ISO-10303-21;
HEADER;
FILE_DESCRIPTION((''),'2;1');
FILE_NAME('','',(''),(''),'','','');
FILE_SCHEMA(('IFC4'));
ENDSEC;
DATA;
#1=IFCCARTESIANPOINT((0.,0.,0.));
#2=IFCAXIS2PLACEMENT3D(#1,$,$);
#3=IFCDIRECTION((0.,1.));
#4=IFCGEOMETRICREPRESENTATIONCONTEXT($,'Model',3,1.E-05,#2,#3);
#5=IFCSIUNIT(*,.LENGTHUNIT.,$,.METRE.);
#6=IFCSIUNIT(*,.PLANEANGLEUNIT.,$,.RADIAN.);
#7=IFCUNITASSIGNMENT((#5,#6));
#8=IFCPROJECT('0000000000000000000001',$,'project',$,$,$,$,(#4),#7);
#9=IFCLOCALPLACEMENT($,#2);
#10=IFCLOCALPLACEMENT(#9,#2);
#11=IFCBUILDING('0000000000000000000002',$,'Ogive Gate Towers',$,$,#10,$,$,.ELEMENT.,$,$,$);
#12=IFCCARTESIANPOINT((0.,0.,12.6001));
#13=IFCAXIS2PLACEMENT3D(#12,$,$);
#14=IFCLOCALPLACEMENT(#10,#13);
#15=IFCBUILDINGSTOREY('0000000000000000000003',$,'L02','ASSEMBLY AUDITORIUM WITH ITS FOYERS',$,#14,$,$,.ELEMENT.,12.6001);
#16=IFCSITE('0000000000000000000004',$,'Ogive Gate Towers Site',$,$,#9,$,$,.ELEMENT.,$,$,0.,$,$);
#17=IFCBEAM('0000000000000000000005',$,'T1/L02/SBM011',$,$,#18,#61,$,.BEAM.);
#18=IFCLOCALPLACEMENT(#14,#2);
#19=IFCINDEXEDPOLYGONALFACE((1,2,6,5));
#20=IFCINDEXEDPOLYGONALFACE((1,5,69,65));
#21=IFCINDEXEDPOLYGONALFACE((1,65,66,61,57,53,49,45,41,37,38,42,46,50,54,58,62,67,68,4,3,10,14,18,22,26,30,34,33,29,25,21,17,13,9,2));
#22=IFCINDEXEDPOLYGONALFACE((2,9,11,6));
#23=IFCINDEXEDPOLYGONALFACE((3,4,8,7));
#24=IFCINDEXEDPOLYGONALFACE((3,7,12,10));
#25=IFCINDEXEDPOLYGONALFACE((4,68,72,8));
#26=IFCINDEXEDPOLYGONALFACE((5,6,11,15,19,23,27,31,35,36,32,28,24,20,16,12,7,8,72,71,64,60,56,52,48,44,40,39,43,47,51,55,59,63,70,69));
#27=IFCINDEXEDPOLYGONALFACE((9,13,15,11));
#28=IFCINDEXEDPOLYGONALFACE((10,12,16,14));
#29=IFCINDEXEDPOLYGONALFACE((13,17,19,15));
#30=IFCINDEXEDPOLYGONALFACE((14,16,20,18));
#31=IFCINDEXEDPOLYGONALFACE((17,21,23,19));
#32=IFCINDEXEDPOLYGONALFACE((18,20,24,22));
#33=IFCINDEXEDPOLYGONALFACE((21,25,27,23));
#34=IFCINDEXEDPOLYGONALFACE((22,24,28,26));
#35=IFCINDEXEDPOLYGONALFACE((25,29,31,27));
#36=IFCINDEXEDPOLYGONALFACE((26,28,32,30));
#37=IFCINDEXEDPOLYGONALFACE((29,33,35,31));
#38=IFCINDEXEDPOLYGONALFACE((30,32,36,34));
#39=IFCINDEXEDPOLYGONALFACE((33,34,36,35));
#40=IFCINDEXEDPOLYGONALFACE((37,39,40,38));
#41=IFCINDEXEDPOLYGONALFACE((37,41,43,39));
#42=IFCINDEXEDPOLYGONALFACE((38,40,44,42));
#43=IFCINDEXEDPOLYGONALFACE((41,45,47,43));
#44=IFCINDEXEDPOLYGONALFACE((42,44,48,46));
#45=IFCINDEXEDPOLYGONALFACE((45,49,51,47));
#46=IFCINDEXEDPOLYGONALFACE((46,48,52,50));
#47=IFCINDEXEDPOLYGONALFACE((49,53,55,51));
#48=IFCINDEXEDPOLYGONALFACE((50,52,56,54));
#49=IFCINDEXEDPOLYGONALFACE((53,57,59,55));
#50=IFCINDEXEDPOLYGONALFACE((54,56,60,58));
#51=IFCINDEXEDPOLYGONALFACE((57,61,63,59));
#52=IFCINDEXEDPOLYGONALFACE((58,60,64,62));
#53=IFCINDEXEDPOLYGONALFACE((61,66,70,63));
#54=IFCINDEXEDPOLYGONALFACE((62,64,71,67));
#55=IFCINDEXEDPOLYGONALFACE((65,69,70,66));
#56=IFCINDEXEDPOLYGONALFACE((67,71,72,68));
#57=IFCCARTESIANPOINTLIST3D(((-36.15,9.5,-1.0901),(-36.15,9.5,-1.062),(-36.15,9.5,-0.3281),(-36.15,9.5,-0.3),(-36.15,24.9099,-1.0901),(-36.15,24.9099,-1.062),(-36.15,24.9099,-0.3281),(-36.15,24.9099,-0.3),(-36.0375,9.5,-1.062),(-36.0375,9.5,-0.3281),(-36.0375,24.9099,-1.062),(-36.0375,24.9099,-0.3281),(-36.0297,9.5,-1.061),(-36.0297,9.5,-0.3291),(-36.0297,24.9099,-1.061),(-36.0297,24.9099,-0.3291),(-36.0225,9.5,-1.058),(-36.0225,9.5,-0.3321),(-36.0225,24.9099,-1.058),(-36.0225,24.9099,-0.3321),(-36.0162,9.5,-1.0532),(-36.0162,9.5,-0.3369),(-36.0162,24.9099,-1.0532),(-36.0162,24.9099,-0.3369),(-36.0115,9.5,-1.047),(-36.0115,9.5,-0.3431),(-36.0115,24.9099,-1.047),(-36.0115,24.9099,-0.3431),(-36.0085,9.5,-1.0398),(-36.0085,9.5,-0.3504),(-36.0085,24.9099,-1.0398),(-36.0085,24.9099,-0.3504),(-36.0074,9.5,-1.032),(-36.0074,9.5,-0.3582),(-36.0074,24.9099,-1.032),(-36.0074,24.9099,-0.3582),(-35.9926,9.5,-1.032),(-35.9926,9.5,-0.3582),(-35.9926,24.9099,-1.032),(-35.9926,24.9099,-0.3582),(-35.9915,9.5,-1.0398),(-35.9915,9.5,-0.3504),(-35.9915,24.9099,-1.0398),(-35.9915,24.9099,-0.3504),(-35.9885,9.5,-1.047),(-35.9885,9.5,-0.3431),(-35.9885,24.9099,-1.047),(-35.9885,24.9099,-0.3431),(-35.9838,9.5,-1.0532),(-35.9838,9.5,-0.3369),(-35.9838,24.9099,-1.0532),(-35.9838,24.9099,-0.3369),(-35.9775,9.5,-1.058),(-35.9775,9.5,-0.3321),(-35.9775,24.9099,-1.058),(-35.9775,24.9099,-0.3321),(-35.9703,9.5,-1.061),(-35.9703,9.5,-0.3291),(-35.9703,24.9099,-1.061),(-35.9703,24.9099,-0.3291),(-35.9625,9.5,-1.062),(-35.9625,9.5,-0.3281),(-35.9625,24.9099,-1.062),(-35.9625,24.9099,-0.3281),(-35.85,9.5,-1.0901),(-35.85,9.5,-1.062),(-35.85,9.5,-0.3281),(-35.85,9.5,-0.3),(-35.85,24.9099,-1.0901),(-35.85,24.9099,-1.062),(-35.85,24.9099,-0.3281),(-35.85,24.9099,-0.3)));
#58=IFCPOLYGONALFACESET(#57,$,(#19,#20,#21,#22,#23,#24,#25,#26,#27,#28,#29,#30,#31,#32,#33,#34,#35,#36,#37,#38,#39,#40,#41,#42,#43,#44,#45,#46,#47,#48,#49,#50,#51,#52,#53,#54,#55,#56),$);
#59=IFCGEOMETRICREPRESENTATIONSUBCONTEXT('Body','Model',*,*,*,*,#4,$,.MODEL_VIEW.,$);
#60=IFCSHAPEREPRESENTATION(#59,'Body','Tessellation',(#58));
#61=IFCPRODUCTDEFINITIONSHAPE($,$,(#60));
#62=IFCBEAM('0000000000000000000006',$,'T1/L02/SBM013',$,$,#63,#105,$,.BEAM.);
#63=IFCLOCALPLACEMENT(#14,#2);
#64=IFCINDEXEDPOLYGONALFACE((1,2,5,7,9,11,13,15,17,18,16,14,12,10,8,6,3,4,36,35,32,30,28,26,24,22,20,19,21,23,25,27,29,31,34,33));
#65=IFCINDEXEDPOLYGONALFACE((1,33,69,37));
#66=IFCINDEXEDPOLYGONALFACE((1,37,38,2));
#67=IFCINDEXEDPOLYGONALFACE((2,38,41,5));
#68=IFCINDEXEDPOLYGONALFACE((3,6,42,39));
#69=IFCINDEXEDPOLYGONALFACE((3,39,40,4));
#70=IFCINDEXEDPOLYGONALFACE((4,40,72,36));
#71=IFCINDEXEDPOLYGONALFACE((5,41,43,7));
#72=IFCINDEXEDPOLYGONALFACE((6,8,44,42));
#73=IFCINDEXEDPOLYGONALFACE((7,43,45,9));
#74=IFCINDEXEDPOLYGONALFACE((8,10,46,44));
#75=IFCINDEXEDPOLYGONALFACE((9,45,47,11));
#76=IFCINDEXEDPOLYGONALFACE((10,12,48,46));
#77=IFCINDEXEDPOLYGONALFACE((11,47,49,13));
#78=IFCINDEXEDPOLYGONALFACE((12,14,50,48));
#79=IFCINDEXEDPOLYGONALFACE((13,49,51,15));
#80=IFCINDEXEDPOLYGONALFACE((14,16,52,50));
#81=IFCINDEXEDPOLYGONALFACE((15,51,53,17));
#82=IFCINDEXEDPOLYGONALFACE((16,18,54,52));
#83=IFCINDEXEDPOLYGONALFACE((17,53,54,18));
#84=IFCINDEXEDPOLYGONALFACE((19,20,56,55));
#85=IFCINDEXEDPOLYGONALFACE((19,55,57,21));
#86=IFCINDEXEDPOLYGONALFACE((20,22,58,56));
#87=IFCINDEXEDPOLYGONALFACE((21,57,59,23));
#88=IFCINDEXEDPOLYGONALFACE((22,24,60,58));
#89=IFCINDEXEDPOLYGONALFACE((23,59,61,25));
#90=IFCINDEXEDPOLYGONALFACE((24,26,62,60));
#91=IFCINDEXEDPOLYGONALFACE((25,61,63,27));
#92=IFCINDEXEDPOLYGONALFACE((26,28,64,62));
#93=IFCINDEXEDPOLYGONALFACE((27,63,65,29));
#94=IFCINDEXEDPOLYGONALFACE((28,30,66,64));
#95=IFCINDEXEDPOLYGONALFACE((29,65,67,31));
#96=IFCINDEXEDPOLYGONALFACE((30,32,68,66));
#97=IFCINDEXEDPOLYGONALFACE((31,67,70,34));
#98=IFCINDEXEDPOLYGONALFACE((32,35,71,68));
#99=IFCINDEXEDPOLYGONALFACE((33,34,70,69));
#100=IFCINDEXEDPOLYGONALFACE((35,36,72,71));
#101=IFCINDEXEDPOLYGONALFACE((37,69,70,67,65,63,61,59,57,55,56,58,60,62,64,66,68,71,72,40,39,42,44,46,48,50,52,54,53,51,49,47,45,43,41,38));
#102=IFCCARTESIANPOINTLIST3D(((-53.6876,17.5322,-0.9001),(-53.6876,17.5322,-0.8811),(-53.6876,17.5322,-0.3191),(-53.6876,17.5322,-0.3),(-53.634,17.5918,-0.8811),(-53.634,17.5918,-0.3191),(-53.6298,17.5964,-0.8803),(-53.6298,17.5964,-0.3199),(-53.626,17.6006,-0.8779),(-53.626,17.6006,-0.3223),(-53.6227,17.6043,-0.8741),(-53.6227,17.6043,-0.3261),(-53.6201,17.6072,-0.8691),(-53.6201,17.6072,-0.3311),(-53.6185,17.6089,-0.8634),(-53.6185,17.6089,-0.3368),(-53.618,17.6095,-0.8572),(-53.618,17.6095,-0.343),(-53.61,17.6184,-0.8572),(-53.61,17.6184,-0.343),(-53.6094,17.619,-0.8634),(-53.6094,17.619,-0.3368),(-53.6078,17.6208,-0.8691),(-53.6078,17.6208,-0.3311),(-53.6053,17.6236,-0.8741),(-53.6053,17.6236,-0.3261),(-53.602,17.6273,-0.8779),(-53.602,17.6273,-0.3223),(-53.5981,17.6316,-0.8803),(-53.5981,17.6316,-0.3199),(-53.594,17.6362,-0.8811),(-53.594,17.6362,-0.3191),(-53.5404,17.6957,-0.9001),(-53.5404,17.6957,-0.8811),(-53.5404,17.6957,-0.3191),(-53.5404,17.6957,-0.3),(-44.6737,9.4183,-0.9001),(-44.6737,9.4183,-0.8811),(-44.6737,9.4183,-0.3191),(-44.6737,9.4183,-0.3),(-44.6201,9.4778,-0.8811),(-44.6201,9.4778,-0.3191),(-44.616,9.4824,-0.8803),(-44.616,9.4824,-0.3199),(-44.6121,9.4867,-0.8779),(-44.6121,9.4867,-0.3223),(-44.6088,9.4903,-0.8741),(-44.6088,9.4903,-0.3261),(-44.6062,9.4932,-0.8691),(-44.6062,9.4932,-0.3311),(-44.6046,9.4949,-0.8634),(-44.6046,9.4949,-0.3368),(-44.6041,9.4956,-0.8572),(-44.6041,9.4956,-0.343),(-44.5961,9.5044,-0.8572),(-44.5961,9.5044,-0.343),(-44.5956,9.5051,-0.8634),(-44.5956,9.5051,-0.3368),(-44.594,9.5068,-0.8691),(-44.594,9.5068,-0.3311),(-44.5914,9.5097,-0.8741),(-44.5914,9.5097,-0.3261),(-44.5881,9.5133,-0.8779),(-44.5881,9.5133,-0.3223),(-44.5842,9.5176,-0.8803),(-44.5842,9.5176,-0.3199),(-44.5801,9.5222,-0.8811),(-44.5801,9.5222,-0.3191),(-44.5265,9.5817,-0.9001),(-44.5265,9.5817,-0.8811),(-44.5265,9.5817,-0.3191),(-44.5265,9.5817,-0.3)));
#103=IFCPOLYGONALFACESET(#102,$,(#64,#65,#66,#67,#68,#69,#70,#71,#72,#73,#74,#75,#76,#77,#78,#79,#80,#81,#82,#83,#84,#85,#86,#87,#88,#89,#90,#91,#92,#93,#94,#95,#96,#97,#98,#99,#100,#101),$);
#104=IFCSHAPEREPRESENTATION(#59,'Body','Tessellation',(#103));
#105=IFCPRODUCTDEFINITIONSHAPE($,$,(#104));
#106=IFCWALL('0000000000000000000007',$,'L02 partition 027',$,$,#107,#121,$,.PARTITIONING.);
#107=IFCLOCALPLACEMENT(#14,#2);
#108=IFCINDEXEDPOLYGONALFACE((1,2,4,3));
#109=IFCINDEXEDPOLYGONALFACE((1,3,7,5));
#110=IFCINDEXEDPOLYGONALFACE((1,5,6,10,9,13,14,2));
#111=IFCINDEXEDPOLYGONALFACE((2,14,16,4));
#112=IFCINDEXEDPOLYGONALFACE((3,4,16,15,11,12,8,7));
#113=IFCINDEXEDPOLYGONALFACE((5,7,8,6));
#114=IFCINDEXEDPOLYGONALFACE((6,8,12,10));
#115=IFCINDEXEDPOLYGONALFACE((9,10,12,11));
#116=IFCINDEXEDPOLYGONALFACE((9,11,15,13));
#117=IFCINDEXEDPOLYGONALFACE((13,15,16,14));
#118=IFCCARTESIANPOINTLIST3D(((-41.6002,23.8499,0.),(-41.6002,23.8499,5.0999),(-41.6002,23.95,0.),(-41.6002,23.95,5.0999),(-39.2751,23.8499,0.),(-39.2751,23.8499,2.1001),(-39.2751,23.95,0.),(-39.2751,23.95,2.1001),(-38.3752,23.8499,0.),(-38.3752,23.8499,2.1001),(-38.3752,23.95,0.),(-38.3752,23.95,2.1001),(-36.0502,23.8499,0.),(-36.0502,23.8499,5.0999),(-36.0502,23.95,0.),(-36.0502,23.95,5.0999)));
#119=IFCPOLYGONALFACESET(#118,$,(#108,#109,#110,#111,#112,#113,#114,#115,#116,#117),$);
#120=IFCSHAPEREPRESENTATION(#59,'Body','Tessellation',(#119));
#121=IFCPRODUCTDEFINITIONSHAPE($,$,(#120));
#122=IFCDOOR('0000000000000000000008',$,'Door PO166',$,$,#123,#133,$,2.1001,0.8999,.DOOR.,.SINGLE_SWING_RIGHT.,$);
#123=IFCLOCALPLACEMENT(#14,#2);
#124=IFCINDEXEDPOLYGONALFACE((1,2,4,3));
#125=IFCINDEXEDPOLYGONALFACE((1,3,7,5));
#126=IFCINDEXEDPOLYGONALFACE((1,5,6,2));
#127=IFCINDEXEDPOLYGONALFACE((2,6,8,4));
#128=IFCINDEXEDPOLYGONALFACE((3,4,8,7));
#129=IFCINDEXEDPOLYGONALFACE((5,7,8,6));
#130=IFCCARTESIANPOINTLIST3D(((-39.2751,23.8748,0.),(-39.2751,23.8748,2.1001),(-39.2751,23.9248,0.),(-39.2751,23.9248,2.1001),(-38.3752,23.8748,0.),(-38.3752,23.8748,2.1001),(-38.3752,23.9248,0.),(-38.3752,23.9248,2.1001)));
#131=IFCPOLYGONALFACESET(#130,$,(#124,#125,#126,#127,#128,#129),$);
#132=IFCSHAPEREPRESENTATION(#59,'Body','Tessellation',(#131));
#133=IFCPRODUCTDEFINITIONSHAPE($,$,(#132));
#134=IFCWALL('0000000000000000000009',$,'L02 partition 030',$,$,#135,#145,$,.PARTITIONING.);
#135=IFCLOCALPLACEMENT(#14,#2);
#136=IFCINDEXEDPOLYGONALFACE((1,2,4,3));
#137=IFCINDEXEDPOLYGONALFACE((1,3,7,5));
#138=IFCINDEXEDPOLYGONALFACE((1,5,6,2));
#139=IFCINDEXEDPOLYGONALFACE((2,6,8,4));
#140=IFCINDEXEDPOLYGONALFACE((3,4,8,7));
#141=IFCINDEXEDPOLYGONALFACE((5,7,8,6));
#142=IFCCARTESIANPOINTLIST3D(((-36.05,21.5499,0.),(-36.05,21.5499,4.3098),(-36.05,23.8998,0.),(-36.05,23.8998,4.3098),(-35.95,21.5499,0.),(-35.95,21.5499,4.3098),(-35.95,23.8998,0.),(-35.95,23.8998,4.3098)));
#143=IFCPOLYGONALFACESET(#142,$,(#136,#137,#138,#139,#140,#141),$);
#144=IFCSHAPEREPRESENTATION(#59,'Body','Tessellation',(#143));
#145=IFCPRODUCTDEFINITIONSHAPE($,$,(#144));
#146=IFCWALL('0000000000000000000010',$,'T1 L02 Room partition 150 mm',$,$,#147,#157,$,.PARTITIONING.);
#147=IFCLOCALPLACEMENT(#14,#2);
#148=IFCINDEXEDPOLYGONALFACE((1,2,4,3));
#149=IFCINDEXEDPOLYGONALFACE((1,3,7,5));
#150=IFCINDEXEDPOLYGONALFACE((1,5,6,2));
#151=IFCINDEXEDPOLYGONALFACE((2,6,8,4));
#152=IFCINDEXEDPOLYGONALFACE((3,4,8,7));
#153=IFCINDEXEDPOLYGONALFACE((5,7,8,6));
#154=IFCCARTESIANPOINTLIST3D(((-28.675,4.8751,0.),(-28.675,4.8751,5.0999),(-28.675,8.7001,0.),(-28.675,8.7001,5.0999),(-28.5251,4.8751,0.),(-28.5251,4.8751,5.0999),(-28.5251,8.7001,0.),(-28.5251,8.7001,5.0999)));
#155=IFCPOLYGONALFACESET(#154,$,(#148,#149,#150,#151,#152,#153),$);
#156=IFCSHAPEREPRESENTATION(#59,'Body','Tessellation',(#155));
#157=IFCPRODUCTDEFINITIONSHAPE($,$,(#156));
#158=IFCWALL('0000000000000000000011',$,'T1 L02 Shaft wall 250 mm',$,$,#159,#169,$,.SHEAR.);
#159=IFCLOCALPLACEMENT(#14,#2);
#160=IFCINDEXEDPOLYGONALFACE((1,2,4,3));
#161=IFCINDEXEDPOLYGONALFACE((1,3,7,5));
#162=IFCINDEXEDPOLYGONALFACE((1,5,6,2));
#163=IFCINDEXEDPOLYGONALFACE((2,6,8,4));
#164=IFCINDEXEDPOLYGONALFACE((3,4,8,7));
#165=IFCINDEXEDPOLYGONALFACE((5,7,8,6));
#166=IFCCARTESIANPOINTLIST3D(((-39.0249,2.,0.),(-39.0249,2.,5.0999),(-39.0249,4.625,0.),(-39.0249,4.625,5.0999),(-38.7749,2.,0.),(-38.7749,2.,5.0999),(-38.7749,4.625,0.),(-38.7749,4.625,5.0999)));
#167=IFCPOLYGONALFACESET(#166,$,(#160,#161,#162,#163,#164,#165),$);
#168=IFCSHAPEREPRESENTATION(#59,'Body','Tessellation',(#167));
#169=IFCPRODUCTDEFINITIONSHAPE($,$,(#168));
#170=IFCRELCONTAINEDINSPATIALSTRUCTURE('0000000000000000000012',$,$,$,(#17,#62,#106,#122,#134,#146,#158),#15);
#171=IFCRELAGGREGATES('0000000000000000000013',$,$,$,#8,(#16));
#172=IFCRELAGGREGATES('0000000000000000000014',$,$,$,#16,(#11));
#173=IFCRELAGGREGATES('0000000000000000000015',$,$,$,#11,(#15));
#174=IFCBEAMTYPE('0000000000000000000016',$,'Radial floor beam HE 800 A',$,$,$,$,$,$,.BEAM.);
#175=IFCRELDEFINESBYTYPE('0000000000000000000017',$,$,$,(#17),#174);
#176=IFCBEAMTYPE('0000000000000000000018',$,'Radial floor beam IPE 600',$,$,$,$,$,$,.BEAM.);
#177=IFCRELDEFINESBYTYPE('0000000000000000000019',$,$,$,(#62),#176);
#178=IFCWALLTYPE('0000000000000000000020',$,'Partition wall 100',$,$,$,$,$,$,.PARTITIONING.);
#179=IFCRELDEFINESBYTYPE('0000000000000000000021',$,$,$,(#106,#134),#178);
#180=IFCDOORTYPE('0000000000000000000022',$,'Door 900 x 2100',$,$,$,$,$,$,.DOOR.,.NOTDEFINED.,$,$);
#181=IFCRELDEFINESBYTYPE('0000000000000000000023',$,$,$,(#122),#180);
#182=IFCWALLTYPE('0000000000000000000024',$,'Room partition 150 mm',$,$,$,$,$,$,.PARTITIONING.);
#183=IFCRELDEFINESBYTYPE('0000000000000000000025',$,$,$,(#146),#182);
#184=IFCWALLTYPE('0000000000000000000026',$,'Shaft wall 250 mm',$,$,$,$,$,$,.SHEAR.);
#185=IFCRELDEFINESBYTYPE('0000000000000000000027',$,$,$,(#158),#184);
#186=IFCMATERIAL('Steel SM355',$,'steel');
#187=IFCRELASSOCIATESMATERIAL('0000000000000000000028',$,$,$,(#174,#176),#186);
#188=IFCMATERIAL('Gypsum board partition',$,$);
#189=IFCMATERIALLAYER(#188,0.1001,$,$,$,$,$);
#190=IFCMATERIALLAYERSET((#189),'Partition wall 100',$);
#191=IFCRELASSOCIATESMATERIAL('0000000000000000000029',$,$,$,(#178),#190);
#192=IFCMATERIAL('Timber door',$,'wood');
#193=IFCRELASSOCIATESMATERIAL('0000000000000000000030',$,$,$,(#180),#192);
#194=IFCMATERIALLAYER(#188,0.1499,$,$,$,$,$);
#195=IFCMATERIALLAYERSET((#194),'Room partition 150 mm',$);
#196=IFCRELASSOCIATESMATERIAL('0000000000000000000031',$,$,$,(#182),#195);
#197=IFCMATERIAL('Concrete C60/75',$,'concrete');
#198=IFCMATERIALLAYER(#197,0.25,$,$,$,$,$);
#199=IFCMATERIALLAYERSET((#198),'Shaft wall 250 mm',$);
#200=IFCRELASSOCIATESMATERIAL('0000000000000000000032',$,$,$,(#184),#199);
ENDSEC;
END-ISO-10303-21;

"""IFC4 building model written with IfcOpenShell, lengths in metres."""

from ifc_helpers import new_model, si_unit, direction, frame, frame_2d, origin, origin_2d, place, context, subcontext, project, spatial, rectangle, i_section, extrude, material, layer, layer_set, material_profile, profile_set, type_object, element, fill, save


model = new_model("IFC4")

# Units and contexts
model_context = context("Model", 3, precision=1e-05, world=origin(), true_north=direction((0.0, 1.0)))
body_context = subcontext(model_context, "Body", "Model", "MODEL_VIEW")
ifc_project = project(units=[si_unit("LENGTHUNIT", "METRE"), si_unit("PLANEANGLEUNIT", "RADIAN")], contexts=[model_context])

# Site, building, storey
site_placement = place(None, origin())
site = spatial("IfcSite", under=ifc_project, at=site_placement, Name="Ogive Gate Towers Site", CompositionType="ELEMENT", RefElevation=0.0)
building_placement = place(site_placement, origin())
building = spatial("IfcBuilding", under=site, at=building_placement, Name="Ogive Gate Towers", CompositionType="ELEMENT")
storey_placement = place(building_placement, frame((0.0, 0.0, 12.6001)))
storey = spatial("IfcBuildingStorey", under=building, at=storey_placement, Name="L02", Description="ASSEMBLY AUDITORIUM WITH ITS FOYERS", CompositionType="ELEMENT", Elevation=12.6001)

# Beams
ifc_material_1 = material(Name="Steel SM355", Category="steel")
ifc_material_profile_1 = material_profile(ifc_material_1, i_section(OverallWidth=0.3, OverallDepth=0.79, WebThickness=0.0149, FlangeThickness=0.0281, FilletRadius=0.03, at=origin_2d()), Name="HE 800 A")
ifc_profile_set_1 = profile_set([ifc_material_profile_1], Name="Steel SM355")
beam_type_1 = type_object("IfcBeamType", Name="Radial floor beam HE 800 A", PredefinedType="BEAM", material=ifc_profile_set_1)
beam_1_placement = place(storey_placement, frame((-36.0, 9.5, -0.6951), z_axis=(0.0, 1.0, 0.0), x_axis=(-1.0, 0.0, 0.0)))
element("IfcBeam", 1, at=beam_1_placement, inside=storey, type_object=beam_type_1, Name="T1/L02/SBM011", PredefinedType="BEAM", context=body_context, shape_type="SweptSolid", body=[
    extrude(i_section(OverallWidth=0.3, OverallDepth=0.79, WebThickness=0.0149, FlangeThickness=0.0281, FilletRadius=0.03, at=origin_2d()), origin(), (0.0, 0.0, 1.0), 15.4099),
])
ifc_material_profile_2 = material_profile(ifc_material_1, i_section(OverallWidth=0.22, OverallDepth=0.6001, WebThickness=0.012, FlangeThickness=0.019, FilletRadius=0.0239, at=origin_2d()), Name="IPE 600")
ifc_profile_set_2 = profile_set([ifc_material_profile_2], Name="Steel SM355")
beam_type_2 = type_object("IfcBeamType", Name="Radial floor beam IPE 600", PredefinedType="BEAM", material=ifc_profile_set_2)
beam_2_placement = place(storey_placement, frame((-44.6001, 9.5, -0.6001), z_axis=(-0.743233, 0.669033, 0.0), x_axis=(-0.669033, -0.743233, 0.0)))
element("IfcBeam", 2, at=beam_2_placement, inside=storey, type_object=beam_type_2, Name="T1/L02/SBM013", PredefinedType="BEAM", context=body_context, shape_type="SweptSolid", body=[
    extrude(i_section(OverallWidth=0.22, OverallDepth=0.6001, WebThickness=0.012, FlangeThickness=0.019, FilletRadius=0.0239, at=origin_2d()), origin(), (0.0, 0.0, 1.0), 12.1279),
])

# Wall, opening, door
ifc_material_2 = material(Name="Gypsum board partition")
ifc_layer_1 = layer(ifc_material_2, 0.1001)
ifc_layer_set_1 = layer_set([ifc_layer_1], Name="Partition wall 100")
wall_type_1 = type_object("IfcWallType", Name="Partition wall 100", PredefinedType="PARTITIONING", material=ifc_layer_set_1)
wall_1_placement = place(storey_placement, frame((-41.6001, 23.8999, 0.0), z_axis=(0.0, 0.0, 1.0), x_axis=(1.0, 0.0, 0.0)))
wall_1 = element("IfcWall", 3, at=wall_1_placement, inside=storey, type_object=wall_type_1, Name="L02 partition 027", PredefinedType="PARTITIONING", context=body_context, shape_type="SweptSolid", body=[
    extrude(rectangle(XDim=5.55, YDim=0.1001, at=frame_2d((2.7749, 0.0))), origin(), (0.0, 0.0, 1.0), 5.0999),
])
opening_1_placement = place(wall_1_placement, frame((2.325, 0.0, 0.0)))
opening_1 = element("IfcOpeningElement", 4, at=opening_1_placement, cuts=wall_1, PredefinedType="OPENING", context=body_context, shape_type="SweptSolid", body=[
    extrude(rectangle(XDim=0.8999, YDim=2.1001, at=frame_2d((0.45, 1.05))), frame((0.0, 0.0601, 0.0), z_axis=(0.0, -1.0, 0.0), x_axis=(1.0, 0.0, 0.0)), (0.0, 0.0, 1.0), 0.1201),
])
ifc_material_3 = material(Name="Timber door", Category="wood")
door_type_1 = type_object("IfcDoorType", Name="Door 900 x 2100", OperationType="NOTDEFINED", PredefinedType="DOOR", material=ifc_material_3)
door_1_placement = place(opening_1_placement, origin())
door_1 = element("IfcDoor", 5, at=door_1_placement, inside=storey, type_object=door_type_1, Name="Door PO166", OperationType="SINGLE_SWING_RIGHT", OverallHeight=2.1001, OverallWidth=0.8999, PredefinedType="DOOR", context=body_context, shape_type="SweptSolid", body=[
    extrude(rectangle(XDim=0.8999, YDim=2.1001, at=frame_2d((0.45, 1.05))), frame((0.0, 0.0249, 0.0), z_axis=(0.0, -1.0, 0.0), x_axis=(1.0, 0.0, 0.0)), (0.0, 0.0, 1.0), 0.05),
])
fill(opening_1, door_1)

# Walls
wall_2_placement = place(storey_placement, frame((-36.0, 21.55, 0.0), z_axis=(0.0, 0.0, 1.0), x_axis=(0.0, 1.0, 0.0)))
element("IfcWall", 6, at=wall_2_placement, inside=storey, type_object=wall_type_1, Name="L02 partition 030", PredefinedType="PARTITIONING", context=body_context, shape_type="SweptSolid", body=[
    extrude(rectangle(XDim=2.3499, YDim=0.1001, at=frame_2d((1.1748, 0.0))), origin(), (0.0, 0.0, 1.0), 4.3098),
])
ifc_layer_2 = layer(ifc_material_2, 0.1499)
ifc_layer_set_2 = layer_set([ifc_layer_2], Name="Room partition 150 mm")
wall_type_2 = type_object("IfcWallType", Name="Room partition 150 mm", PredefinedType="PARTITIONING", material=ifc_layer_set_2)
wall_3_placement = place(storey_placement, frame((-28.6001, 4.875, 0.0), z_axis=(0.0, 0.0, 1.0), x_axis=(0.0, 1.0, 0.0)))
element("IfcWall", 7, at=wall_3_placement, inside=storey, type_object=wall_type_2, Name="T1 L02 Room partition 150 mm", PredefinedType="PARTITIONING", context=body_context, shape_type="SweptSolid", body=[
    extrude(rectangle(XDim=3.825, YDim=0.1499, at=frame_2d((1.9126, 0.0))), origin(), (0.0, 0.0, 1.0), 5.0999),
])
ifc_material_4 = material(Name="Concrete C60/75", Category="concrete")
ifc_layer_3 = layer(ifc_material_4, 0.25)
ifc_layer_set_3 = layer_set([ifc_layer_3], Name="Shaft wall 250 mm")
wall_type_3 = type_object("IfcWallType", Name="Shaft wall 250 mm", PredefinedType="SHEAR", material=ifc_layer_set_3)
wall_4_placement = place(storey_placement, frame((-38.8999, 2.0, 0.0), z_axis=(0.0, 0.0, 1.0), x_axis=(0.0, 1.0, 0.0)))
element("IfcWall", 8, at=wall_4_placement, inside=storey, type_object=wall_type_3, Name="T1 L02 Shaft wall 250 mm", PredefinedType="SHEAR", context=body_context, shape_type="SweptSolid", body=[
    extrude(rectangle(XDim=2.625, YDim=0.25, at=frame_2d((1.3125, 0.0))), origin(), (0.0, 0.0, 1.0), 5.0999),
])

save(model, "model.ifc")
